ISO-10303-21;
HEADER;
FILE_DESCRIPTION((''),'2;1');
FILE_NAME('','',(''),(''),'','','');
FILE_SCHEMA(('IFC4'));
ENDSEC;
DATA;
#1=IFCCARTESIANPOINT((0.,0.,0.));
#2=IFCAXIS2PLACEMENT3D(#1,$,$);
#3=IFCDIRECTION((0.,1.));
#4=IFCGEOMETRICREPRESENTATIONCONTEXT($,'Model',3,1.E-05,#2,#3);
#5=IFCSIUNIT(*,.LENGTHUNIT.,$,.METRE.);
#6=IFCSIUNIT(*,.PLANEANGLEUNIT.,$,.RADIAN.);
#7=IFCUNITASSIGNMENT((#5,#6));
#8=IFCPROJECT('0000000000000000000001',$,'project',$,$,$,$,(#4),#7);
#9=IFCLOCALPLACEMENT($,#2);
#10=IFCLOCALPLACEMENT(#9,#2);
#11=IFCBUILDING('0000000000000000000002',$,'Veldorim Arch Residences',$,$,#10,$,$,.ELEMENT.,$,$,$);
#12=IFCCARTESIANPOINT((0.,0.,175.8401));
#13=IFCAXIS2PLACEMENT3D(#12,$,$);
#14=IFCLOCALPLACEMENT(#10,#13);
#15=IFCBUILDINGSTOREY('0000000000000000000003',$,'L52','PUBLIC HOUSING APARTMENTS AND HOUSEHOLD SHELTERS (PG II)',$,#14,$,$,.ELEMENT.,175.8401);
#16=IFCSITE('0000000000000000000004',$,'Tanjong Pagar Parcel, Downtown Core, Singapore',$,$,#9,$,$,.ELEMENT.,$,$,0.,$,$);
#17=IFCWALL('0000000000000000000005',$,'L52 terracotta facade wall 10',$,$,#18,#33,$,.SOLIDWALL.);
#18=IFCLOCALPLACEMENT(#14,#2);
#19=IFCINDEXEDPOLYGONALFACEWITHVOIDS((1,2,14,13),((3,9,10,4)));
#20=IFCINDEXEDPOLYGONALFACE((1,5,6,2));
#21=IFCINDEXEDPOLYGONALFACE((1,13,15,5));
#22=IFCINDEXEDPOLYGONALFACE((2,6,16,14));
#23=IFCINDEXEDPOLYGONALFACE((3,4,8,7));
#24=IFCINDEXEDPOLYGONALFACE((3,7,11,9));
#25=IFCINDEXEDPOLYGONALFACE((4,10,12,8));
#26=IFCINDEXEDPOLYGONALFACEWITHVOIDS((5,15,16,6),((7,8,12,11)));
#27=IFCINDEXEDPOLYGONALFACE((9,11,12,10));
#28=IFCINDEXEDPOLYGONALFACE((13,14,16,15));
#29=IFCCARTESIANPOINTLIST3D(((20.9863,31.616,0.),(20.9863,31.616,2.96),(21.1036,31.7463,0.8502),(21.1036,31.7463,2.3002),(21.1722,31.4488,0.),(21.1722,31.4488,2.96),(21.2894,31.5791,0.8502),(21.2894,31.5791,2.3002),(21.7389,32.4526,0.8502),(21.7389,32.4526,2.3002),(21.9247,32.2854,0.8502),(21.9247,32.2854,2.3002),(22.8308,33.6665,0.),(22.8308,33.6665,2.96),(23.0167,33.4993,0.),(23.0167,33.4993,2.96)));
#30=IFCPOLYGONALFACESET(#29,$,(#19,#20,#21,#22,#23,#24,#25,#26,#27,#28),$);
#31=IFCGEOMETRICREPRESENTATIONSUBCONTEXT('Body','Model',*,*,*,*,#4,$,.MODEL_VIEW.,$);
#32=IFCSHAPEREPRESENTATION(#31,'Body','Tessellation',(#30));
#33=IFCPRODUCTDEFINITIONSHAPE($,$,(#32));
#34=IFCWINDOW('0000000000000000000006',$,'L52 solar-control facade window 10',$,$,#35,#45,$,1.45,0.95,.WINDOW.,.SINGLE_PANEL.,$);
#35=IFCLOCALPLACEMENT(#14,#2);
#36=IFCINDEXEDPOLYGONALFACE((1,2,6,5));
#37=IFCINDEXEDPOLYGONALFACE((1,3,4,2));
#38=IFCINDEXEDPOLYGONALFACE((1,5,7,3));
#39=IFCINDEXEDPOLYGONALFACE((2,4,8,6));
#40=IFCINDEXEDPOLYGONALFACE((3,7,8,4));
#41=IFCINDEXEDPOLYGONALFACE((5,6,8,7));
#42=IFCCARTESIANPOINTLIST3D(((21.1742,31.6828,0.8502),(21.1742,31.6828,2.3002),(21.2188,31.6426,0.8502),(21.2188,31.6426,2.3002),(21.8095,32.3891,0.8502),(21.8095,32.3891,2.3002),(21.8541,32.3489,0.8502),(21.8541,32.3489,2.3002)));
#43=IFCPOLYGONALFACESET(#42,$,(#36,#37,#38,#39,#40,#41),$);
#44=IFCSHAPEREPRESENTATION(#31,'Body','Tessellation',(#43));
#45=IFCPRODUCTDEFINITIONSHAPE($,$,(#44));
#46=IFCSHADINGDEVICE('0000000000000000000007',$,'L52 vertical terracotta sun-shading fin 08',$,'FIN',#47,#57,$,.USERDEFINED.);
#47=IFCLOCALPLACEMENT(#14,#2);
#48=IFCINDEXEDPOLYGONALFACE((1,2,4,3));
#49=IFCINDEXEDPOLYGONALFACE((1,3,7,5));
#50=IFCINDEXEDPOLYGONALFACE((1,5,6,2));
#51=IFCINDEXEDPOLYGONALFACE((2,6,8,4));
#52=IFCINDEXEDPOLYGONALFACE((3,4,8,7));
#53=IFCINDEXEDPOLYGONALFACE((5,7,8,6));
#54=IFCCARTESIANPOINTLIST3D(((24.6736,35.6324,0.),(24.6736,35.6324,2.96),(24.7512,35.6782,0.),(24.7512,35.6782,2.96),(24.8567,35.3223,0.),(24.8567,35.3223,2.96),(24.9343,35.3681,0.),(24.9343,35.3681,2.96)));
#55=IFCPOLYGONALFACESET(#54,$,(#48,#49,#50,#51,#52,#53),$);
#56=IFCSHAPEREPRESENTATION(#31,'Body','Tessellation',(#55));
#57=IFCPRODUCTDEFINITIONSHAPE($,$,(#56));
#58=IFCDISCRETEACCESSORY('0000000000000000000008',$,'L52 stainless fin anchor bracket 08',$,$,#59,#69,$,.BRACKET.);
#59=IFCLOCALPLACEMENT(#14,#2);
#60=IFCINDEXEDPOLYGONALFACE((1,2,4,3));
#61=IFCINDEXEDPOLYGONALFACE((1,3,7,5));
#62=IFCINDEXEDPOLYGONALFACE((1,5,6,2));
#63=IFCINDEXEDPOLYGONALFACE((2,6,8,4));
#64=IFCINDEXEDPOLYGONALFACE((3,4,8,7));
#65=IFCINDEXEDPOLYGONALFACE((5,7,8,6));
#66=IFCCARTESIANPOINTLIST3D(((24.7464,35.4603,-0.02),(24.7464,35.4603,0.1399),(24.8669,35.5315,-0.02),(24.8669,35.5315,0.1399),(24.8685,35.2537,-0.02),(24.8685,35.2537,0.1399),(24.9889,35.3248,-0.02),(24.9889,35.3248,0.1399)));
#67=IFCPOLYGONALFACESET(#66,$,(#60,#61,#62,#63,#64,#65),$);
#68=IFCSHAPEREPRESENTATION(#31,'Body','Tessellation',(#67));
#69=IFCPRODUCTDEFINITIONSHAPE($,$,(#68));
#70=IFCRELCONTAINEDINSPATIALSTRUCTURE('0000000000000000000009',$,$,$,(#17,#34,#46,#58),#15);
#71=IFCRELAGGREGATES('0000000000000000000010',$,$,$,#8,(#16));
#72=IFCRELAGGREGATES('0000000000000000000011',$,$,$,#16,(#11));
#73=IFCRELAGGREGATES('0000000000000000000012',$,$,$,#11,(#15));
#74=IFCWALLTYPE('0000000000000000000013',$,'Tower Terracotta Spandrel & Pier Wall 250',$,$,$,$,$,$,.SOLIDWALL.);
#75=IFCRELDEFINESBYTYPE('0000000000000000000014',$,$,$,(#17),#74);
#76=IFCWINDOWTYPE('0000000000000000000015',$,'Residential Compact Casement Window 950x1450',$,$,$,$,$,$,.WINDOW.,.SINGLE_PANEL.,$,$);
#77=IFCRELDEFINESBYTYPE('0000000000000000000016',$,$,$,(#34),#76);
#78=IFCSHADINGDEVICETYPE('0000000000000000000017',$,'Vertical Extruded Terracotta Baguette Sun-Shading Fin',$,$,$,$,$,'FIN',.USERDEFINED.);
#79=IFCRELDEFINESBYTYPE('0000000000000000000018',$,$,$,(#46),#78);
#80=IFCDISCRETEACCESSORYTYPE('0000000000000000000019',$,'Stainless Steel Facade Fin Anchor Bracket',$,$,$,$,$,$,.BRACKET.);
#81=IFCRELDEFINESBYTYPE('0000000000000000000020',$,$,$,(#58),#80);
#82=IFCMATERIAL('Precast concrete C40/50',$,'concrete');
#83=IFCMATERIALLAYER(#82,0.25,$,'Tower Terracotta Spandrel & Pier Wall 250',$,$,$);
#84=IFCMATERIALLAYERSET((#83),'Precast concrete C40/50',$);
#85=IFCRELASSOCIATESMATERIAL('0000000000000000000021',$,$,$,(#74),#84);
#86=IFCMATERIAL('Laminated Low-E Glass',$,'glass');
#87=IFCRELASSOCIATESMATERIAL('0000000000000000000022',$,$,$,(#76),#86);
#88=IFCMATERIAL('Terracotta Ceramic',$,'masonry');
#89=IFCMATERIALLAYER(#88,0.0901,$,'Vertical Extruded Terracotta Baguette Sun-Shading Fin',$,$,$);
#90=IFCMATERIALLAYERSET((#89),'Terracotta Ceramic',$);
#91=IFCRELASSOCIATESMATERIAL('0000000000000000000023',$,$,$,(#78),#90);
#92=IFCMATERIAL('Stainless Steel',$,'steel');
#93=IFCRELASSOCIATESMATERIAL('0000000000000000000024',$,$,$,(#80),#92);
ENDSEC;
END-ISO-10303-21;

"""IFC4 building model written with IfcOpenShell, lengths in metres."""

from ifc_helpers import new_model, si_unit, direction, frame, frame_2d, origin, origin_2d, place, context, subcontext, project, spatial, rectangle, extrude, material, layer, layer_set, type_object, element, fill, save


model = new_model("IFC4")

# Units and contexts
model_context = context("Model", 3, precision=1e-05, world=origin(), true_north=direction((0.0, 1.0)))
body_context = subcontext(model_context, "Body", "Model", "MODEL_VIEW")
ifc_project = project(units=[si_unit("LENGTHUNIT", "METRE"), si_unit("PLANEANGLEUNIT", "RADIAN")], contexts=[model_context])

# Site, building, storey
site_placement = place(None, origin())
site = spatial("IfcSite", under=ifc_project, at=site_placement, Name="Tanjong Pagar Parcel, Downtown Core, Singapore", CompositionType="ELEMENT", RefElevation=0.0)
building_placement = place(site_placement, origin())
building = spatial("IfcBuilding", under=site, at=building_placement, Name="Veldorim Arch Residences", CompositionType="ELEMENT")
storey_placement = place(building_placement, frame((0.0, 0.0, 175.8401)))
storey = spatial("IfcBuildingStorey", under=building, at=storey_placement, Name="L52", Description="PUBLIC HOUSING APARTMENTS AND HOUSEHOLD SHELTERS (PG II)", CompositionType="ELEMENT", Elevation=175.8401)

# Shared definitions
ifc_material_1 = material(Name="Precast concrete C40/50", Category="concrete")
ifc_layer_1 = layer(ifc_material_1, 0.25, Name="Tower Terracotta Spandrel & Pier Wall 250")
ifc_layer_set_1 = layer_set([ifc_layer_1], Name="Precast concrete C40/50")
wall_type_1 = type_object("IfcWallType", Name="Tower Terracotta Spandrel & Pier Wall 250", PredefinedType="SOLIDWALL", material=ifc_layer_set_1)

# Wall, opening, window
wall_1_placement = place(storey_placement, frame((21.0793, 31.5325, 0.0), z_axis=(0.0, 0.0, 1.0), x_axis=(0.668764, 0.743475, 0.0)))
wall_1 = element("IfcWall", 1, at=wall_1_placement, inside=storey, type_object=wall_type_1, Name="L52 terracotta facade wall 10", PredefinedType="SOLIDWALL", context=body_context, shape_type="SweptSolid", body=[
    extrude(rectangle(XDim=2.7581, YDim=0.25, at=frame_2d((1.3789, 0.0))), origin(), (0.0, 0.0, 1.0), 2.96),
])
opening_1_placement = place(wall_1_placement, frame((0.175, 0.0, 0.8501)))
opening_1 = element("IfcOpeningElement", 2, at=opening_1_placement, cuts=wall_1, PredefinedType="OPENING", context=body_context, shape_type="SweptSolid", body=[
    extrude(rectangle(XDim=0.95, YDim=1.45, at=frame_2d((0.4751, 0.7251))), frame((0.0, 0.135, 0.0), z_axis=(0.0, -1.0, 0.0), x_axis=(1.0, 0.0, 0.0)), (0.0, 0.0, 1.0), 0.27),
])
ifc_material_2 = material(Name="Laminated Low-E Glass", Category="glass")
window_type = type_object("IfcWindowType", Name="Residential Compact Casement Window 950x1450", PartitioningType="SINGLE_PANEL", PredefinedType="WINDOW", material=ifc_material_2)
window_placement = place(opening_1_placement, origin())
window = element("IfcWindow", 3, at=window_placement, inside=storey, type_object=window_type, Name="L52 solar-control facade window 10", OverallHeight=1.45, OverallWidth=0.95, PartitioningType="SINGLE_PANEL", PredefinedType="WINDOW", context=body_context, shape_type="SweptSolid", body=[
    extrude(rectangle(XDim=0.95, YDim=1.45, at=frame_2d((0.4751, 0.7251))), frame((0.0, 0.03, 0.0), z_axis=(0.0, -1.0, 0.0), x_axis=(1.0, 0.0, 0.0)), (0.0, 0.0, 1.0), 0.0601),
])
fill(opening_1, window)

# Shading device
ifc_material_3 = material(Name="Terracotta Ceramic", Category="masonry")
ifc_layer_2 = layer(ifc_material_3, 0.0901, Name="Vertical Extruded Terracotta Baguette Sun-Shading Fin")
ifc_layer_set_2 = layer_set([ifc_layer_2], Name="Terracotta Ceramic")
shading_device_type = type_object("IfcShadingDeviceType", Name="Vertical Extruded Terracotta Baguette Sun-Shading Fin", ElementType="FIN", PredefinedType="USERDEFINED", material=ifc_layer_set_2)
shading_device_placement = place(storey_placement, frame((24.804, 35.5002, 0.0), z_axis=(0.0, 0.0, 1.0), x_axis=(0.861097, 0.50844, 0.0)))
element("IfcShadingDevice", 4, at=shading_device_placement, inside=storey, type_object=shading_device_type, Name="L52 vertical terracotta sun-shading fin 08", ObjectType="FIN", PredefinedType="USERDEFINED", context=body_context, shape_type="SweptSolid", body=[
    extrude(rectangle(XDim=0.0901, YDim=0.3601, at=origin_2d()), origin(), (0.0, 0.0, 1.0), 2.96),
])

# Discrete accessory
ifc_material_4 = material(Name="Stainless Steel", Category="steel")
discrete_accessory_type = type_object("IfcDiscreteAccessoryType", Name="Stainless Steel Facade Fin Anchor Bracket", PredefinedType="BRACKET", material=ifc_material_4)
discrete_accessory_placement = place(storey_placement, frame((24.8677, 35.3926, -0.02), z_axis=(0.0, 0.0, 1.0), x_axis=(0.861097, 0.50844, 0.0)))
element("IfcDiscreteAccessory", 5, at=discrete_accessory_placement, inside=storey, type_object=discrete_accessory_type, Name="L52 stainless fin anchor bracket 08", PredefinedType="BRACKET", context=body_context, shape_type="SweptSolid", body=[
    extrude(rectangle(XDim=0.1399, YDim=0.24, at=origin_2d()), origin(), (0.0, 0.0, 1.0), 0.1599),
])

save(model, "model.ifc")
